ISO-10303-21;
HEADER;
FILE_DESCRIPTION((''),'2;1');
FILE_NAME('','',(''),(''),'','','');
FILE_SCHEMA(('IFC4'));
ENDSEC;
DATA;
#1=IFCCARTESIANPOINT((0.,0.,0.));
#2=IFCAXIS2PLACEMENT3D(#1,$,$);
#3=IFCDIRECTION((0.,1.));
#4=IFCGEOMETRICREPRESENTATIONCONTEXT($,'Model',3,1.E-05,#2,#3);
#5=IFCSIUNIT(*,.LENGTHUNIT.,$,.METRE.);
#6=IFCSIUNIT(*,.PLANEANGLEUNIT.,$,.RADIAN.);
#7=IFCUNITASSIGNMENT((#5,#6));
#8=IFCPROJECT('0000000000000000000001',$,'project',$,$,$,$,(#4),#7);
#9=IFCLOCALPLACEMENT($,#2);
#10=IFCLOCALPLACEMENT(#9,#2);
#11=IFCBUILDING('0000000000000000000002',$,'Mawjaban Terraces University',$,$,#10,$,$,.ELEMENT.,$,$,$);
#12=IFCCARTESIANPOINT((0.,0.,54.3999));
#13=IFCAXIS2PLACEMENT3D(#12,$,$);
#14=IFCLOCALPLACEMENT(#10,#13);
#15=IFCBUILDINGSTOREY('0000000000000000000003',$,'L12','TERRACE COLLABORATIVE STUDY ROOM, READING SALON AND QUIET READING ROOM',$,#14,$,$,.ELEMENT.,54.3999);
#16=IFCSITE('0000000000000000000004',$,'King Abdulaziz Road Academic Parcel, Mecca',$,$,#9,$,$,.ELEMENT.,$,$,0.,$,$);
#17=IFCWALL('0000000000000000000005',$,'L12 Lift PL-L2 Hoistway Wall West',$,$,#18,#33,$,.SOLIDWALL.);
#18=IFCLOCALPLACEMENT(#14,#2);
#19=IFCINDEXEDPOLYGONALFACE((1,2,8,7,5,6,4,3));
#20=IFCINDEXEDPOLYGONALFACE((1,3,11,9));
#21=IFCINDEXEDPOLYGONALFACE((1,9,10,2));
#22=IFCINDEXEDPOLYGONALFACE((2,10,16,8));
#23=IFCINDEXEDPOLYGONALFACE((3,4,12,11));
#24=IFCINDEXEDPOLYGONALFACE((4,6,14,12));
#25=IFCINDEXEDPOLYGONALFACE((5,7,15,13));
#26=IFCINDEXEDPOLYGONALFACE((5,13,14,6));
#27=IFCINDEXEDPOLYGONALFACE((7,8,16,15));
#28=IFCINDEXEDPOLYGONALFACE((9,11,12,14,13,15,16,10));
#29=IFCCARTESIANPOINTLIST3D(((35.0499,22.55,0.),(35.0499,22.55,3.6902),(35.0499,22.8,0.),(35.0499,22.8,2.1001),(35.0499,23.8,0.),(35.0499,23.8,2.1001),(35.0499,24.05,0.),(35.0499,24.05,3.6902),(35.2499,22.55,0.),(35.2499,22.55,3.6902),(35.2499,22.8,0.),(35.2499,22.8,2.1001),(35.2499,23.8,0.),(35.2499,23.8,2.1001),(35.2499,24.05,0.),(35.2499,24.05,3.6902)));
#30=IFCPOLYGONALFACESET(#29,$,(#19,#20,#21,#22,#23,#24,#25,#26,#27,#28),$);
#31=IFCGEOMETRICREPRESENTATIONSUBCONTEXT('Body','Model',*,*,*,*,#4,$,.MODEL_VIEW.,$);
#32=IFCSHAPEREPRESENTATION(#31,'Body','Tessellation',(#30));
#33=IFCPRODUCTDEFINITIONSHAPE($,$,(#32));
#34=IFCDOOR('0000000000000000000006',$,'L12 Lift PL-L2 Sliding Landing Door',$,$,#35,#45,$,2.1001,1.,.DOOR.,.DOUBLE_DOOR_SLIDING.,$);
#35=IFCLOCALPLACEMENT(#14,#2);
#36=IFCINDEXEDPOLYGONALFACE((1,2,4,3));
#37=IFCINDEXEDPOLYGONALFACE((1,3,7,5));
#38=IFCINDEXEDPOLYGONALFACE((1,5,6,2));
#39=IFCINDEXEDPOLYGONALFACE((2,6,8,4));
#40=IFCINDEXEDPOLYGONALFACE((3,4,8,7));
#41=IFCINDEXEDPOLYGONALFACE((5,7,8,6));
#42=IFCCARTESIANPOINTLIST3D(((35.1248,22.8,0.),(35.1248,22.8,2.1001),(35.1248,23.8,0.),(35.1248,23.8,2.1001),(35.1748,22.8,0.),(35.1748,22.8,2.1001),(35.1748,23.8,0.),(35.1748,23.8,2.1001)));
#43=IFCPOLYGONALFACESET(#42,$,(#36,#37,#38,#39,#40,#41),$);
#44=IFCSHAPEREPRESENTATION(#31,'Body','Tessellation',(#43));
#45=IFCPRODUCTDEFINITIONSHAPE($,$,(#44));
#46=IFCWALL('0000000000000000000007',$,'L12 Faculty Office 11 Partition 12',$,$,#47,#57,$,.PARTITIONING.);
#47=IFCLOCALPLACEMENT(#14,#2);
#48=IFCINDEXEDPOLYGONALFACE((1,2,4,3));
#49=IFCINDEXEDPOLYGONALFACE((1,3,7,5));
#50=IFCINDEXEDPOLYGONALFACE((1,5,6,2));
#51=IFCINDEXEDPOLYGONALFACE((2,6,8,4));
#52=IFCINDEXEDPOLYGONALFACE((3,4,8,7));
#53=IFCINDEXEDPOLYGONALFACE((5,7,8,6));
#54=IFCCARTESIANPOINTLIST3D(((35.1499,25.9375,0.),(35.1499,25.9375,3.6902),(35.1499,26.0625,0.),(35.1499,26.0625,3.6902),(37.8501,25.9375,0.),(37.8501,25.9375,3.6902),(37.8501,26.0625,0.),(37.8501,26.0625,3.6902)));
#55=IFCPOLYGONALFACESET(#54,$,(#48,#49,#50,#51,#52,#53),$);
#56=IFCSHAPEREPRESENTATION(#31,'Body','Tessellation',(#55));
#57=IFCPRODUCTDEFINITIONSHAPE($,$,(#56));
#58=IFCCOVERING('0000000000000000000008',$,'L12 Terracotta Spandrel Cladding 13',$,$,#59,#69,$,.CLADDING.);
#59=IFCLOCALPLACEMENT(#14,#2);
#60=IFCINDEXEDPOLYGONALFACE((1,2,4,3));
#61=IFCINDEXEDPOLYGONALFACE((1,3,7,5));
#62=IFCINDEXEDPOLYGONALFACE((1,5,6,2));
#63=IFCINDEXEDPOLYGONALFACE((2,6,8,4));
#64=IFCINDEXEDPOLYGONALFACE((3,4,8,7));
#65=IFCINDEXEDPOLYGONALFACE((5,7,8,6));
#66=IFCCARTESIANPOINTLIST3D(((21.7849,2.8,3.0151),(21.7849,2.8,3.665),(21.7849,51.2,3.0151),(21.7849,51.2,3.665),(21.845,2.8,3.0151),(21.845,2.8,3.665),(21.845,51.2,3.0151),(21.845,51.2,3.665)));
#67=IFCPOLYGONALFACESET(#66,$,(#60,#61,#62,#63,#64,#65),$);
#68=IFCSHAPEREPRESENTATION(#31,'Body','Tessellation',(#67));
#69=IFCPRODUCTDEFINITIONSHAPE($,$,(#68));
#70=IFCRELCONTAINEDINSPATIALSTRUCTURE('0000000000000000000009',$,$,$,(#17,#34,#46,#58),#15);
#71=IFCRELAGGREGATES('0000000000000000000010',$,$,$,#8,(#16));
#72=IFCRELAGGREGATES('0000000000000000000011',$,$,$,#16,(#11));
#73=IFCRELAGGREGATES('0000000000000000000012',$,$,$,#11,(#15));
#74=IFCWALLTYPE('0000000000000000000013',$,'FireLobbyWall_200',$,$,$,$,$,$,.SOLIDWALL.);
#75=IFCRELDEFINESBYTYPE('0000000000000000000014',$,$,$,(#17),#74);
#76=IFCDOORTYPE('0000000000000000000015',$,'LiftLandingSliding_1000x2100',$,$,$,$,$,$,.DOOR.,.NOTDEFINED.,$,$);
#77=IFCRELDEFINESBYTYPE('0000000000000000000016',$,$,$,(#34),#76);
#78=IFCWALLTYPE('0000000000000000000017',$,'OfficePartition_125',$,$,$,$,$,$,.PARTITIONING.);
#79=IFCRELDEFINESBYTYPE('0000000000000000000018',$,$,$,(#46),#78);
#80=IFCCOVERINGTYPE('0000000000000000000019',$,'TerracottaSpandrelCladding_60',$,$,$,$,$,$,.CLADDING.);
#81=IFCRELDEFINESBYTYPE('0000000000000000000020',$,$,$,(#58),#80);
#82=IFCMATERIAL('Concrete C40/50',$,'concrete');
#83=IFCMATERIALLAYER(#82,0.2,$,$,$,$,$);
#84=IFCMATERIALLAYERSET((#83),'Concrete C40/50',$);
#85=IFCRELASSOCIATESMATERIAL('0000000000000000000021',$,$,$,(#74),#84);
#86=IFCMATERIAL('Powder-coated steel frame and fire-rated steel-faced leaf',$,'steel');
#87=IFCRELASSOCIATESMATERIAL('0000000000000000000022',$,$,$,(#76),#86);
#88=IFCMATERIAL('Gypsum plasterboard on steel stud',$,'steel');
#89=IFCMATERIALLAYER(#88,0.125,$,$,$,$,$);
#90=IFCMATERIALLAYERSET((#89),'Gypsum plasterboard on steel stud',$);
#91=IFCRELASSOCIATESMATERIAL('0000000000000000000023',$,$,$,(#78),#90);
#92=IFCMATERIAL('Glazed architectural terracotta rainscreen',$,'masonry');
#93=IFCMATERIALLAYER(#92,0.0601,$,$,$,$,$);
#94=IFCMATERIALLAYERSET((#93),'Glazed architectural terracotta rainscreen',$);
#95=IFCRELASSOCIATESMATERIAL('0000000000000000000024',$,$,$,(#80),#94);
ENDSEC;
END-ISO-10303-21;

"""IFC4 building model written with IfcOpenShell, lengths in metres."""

from ifc_helpers import new_model, si_unit, direction, frame, frame_2d, origin, origin_2d, place, context, subcontext, project, spatial, rectangle, extrude, material, layer, layer_set, type_object, element, fill, save


model = new_model("IFC4")

# Units and contexts
model_context = context("Model", 3, precision=1e-05, world=origin(), true_north=direction((0.0, 1.0)))
body_context = subcontext(model_context, "Body", "Model", "MODEL_VIEW")
ifc_project = project(units=[si_unit("LENGTHUNIT", "METRE"), si_unit("PLANEANGLEUNIT", "RADIAN")], contexts=[model_context])

# Site, building, storey
site_placement = place(None, origin())
site = spatial("IfcSite", under=ifc_project, at=site_placement, Name="King Abdulaziz Road Academic Parcel, Mecca", CompositionType="ELEMENT", RefElevation=0.0)
building_placement = place(site_placement, origin())
building = spatial("IfcBuilding", under=site, at=building_placement, Name="Mawjaban Terraces University", CompositionType="ELEMENT")
storey_placement = place(building_placement, frame((0.0, 0.0, 54.3999)))
storey = spatial("IfcBuildingStorey", under=building, at=storey_placement, Name="L12", Description="TERRACE COLLABORATIVE STUDY ROOM, READING SALON AND QUIET READING ROOM", CompositionType="ELEMENT", Elevation=54.3999)

# Wall, opening, door
ifc_material_1 = material(Name="Concrete C40/50", Category="concrete")
ifc_layer_1 = layer(ifc_material_1, 0.2)
ifc_layer_set_1 = layer_set([ifc_layer_1], Name="Concrete C40/50")
wall_type_1 = type_object("IfcWallType", Name="FireLobbyWall_200", PredefinedType="SOLIDWALL", material=ifc_layer_set_1)
wall_1_placement = place(storey_placement, frame((35.1499, 24.05, 0.0), z_axis=(0.0, 0.0, 1.0), x_axis=(0.0, -1.0, 0.0)))
wall_1 = element("IfcWall", 1, at=wall_1_placement, inside=storey, type_object=wall_type_1, Name="L12 Lift PL-L2 Hoistway Wall West", PredefinedType="SOLIDWALL", context=body_context, shape_type="SweptSolid", body=[
    extrude(rectangle(XDim=1.5, YDim=0.2, at=frame_2d((0.75, 0.0))), origin(), (0.0, 0.0, 1.0), 3.6902),
])
opening_1_placement = place(wall_1_placement, frame((0.25, 0.0, 0.0)))
opening_1 = element("IfcOpeningElement", 2, at=opening_1_placement, cuts=wall_1, PredefinedType="OPENING", context=body_context, shape_type="SweptSolid", body=[
    extrude(rectangle(XDim=1.0, YDim=2.1001, at=frame_2d((0.5, 1.05))), frame((0.0, 0.1099, 0.0), z_axis=(0.0, -1.0, 0.0), x_axis=(1.0, 0.0, 0.0)), (0.0, 0.0, 1.0), 0.22),
])
ifc_material_2 = material(Name="Powder-coated steel frame and fire-rated steel-faced leaf", Category="steel")
door_type_1 = type_object("IfcDoorType", Name="LiftLandingSliding_1000x2100", OperationType="NOTDEFINED", PredefinedType="DOOR", material=ifc_material_2)
door_1_placement = place(opening_1_placement, origin())
door_1 = element("IfcDoor", 3, at=door_1_placement, inside=storey, type_object=door_type_1, Name="L12 Lift PL-L2 Sliding Landing Door", OperationType="DOUBLE_DOOR_SLIDING", OverallHeight=2.1001, OverallWidth=1.0, PredefinedType="DOOR", context=body_context, shape_type="SweptSolid", body=[
    extrude(rectangle(XDim=1.0, YDim=2.1001, at=frame_2d((0.5, 1.05))), frame((0.0, 0.0249, 0.0), z_axis=(0.0, -1.0, 0.0), x_axis=(1.0, 0.0, 0.0)), (0.0, 0.0, 1.0), 0.05),
])
fill(opening_1, door_1)

# Wall
ifc_material_3 = material(Name="Gypsum plasterboard on steel stud", Category="steel")
ifc_layer_2 = layer(ifc_material_3, 0.125)
ifc_layer_set_2 = layer_set([ifc_layer_2], Name="Gypsum plasterboard on steel stud")
wall_type_2 = type_object("IfcWallType", Name="OfficePartition_125", PredefinedType="PARTITIONING", material=ifc_layer_set_2)
wall_2_placement = place(storey_placement, frame((35.1499, 26.0, 0.0), z_axis=(0.0, 0.0, 1.0), x_axis=(1.0, 0.0, 0.0)))
element("IfcWall", 4, at=wall_2_placement, inside=storey, type_object=wall_type_2, Name="L12 Faculty Office 11 Partition 12", PredefinedType="PARTITIONING", context=body_context, shape_type="SweptSolid", body=[
    extrude(rectangle(XDim=2.7002, YDim=0.125, at=frame_2d((1.3501, 0.0))), origin(), (0.0, 0.0, 1.0), 3.6902),
])

# Covering
ifc_material_4 = material(Name="Glazed architectural terracotta rainscreen", Category="masonry")
ifc_layer_3 = layer(ifc_material_4, 0.0601)
ifc_layer_set_3 = layer_set([ifc_layer_3], Name="Glazed architectural terracotta rainscreen")
covering_type = type_object("IfcCoveringType", Name="TerracottaSpandrelCladding_60", PredefinedType="CLADDING", material=ifc_layer_set_3)
covering_placement = place(storey_placement, frame((21.8149, 27.0, 3.0151), z_axis=(0.0, 0.0, 1.0), x_axis=(0.0, -1.0, 0.0)))
element("IfcCovering", 5, at=covering_placement, inside=storey, type_object=covering_type, Name="L12 Terracotta Spandrel Cladding 13", PredefinedType="CLADDING", context=body_context, shape_type="SweptSolid", body=[
    extrude(rectangle(XDim=48.3999, YDim=0.0601, at=origin_2d()), origin(), (0.0, 0.0, 1.0), 0.6499),
])

save(model, "model.ifc")
